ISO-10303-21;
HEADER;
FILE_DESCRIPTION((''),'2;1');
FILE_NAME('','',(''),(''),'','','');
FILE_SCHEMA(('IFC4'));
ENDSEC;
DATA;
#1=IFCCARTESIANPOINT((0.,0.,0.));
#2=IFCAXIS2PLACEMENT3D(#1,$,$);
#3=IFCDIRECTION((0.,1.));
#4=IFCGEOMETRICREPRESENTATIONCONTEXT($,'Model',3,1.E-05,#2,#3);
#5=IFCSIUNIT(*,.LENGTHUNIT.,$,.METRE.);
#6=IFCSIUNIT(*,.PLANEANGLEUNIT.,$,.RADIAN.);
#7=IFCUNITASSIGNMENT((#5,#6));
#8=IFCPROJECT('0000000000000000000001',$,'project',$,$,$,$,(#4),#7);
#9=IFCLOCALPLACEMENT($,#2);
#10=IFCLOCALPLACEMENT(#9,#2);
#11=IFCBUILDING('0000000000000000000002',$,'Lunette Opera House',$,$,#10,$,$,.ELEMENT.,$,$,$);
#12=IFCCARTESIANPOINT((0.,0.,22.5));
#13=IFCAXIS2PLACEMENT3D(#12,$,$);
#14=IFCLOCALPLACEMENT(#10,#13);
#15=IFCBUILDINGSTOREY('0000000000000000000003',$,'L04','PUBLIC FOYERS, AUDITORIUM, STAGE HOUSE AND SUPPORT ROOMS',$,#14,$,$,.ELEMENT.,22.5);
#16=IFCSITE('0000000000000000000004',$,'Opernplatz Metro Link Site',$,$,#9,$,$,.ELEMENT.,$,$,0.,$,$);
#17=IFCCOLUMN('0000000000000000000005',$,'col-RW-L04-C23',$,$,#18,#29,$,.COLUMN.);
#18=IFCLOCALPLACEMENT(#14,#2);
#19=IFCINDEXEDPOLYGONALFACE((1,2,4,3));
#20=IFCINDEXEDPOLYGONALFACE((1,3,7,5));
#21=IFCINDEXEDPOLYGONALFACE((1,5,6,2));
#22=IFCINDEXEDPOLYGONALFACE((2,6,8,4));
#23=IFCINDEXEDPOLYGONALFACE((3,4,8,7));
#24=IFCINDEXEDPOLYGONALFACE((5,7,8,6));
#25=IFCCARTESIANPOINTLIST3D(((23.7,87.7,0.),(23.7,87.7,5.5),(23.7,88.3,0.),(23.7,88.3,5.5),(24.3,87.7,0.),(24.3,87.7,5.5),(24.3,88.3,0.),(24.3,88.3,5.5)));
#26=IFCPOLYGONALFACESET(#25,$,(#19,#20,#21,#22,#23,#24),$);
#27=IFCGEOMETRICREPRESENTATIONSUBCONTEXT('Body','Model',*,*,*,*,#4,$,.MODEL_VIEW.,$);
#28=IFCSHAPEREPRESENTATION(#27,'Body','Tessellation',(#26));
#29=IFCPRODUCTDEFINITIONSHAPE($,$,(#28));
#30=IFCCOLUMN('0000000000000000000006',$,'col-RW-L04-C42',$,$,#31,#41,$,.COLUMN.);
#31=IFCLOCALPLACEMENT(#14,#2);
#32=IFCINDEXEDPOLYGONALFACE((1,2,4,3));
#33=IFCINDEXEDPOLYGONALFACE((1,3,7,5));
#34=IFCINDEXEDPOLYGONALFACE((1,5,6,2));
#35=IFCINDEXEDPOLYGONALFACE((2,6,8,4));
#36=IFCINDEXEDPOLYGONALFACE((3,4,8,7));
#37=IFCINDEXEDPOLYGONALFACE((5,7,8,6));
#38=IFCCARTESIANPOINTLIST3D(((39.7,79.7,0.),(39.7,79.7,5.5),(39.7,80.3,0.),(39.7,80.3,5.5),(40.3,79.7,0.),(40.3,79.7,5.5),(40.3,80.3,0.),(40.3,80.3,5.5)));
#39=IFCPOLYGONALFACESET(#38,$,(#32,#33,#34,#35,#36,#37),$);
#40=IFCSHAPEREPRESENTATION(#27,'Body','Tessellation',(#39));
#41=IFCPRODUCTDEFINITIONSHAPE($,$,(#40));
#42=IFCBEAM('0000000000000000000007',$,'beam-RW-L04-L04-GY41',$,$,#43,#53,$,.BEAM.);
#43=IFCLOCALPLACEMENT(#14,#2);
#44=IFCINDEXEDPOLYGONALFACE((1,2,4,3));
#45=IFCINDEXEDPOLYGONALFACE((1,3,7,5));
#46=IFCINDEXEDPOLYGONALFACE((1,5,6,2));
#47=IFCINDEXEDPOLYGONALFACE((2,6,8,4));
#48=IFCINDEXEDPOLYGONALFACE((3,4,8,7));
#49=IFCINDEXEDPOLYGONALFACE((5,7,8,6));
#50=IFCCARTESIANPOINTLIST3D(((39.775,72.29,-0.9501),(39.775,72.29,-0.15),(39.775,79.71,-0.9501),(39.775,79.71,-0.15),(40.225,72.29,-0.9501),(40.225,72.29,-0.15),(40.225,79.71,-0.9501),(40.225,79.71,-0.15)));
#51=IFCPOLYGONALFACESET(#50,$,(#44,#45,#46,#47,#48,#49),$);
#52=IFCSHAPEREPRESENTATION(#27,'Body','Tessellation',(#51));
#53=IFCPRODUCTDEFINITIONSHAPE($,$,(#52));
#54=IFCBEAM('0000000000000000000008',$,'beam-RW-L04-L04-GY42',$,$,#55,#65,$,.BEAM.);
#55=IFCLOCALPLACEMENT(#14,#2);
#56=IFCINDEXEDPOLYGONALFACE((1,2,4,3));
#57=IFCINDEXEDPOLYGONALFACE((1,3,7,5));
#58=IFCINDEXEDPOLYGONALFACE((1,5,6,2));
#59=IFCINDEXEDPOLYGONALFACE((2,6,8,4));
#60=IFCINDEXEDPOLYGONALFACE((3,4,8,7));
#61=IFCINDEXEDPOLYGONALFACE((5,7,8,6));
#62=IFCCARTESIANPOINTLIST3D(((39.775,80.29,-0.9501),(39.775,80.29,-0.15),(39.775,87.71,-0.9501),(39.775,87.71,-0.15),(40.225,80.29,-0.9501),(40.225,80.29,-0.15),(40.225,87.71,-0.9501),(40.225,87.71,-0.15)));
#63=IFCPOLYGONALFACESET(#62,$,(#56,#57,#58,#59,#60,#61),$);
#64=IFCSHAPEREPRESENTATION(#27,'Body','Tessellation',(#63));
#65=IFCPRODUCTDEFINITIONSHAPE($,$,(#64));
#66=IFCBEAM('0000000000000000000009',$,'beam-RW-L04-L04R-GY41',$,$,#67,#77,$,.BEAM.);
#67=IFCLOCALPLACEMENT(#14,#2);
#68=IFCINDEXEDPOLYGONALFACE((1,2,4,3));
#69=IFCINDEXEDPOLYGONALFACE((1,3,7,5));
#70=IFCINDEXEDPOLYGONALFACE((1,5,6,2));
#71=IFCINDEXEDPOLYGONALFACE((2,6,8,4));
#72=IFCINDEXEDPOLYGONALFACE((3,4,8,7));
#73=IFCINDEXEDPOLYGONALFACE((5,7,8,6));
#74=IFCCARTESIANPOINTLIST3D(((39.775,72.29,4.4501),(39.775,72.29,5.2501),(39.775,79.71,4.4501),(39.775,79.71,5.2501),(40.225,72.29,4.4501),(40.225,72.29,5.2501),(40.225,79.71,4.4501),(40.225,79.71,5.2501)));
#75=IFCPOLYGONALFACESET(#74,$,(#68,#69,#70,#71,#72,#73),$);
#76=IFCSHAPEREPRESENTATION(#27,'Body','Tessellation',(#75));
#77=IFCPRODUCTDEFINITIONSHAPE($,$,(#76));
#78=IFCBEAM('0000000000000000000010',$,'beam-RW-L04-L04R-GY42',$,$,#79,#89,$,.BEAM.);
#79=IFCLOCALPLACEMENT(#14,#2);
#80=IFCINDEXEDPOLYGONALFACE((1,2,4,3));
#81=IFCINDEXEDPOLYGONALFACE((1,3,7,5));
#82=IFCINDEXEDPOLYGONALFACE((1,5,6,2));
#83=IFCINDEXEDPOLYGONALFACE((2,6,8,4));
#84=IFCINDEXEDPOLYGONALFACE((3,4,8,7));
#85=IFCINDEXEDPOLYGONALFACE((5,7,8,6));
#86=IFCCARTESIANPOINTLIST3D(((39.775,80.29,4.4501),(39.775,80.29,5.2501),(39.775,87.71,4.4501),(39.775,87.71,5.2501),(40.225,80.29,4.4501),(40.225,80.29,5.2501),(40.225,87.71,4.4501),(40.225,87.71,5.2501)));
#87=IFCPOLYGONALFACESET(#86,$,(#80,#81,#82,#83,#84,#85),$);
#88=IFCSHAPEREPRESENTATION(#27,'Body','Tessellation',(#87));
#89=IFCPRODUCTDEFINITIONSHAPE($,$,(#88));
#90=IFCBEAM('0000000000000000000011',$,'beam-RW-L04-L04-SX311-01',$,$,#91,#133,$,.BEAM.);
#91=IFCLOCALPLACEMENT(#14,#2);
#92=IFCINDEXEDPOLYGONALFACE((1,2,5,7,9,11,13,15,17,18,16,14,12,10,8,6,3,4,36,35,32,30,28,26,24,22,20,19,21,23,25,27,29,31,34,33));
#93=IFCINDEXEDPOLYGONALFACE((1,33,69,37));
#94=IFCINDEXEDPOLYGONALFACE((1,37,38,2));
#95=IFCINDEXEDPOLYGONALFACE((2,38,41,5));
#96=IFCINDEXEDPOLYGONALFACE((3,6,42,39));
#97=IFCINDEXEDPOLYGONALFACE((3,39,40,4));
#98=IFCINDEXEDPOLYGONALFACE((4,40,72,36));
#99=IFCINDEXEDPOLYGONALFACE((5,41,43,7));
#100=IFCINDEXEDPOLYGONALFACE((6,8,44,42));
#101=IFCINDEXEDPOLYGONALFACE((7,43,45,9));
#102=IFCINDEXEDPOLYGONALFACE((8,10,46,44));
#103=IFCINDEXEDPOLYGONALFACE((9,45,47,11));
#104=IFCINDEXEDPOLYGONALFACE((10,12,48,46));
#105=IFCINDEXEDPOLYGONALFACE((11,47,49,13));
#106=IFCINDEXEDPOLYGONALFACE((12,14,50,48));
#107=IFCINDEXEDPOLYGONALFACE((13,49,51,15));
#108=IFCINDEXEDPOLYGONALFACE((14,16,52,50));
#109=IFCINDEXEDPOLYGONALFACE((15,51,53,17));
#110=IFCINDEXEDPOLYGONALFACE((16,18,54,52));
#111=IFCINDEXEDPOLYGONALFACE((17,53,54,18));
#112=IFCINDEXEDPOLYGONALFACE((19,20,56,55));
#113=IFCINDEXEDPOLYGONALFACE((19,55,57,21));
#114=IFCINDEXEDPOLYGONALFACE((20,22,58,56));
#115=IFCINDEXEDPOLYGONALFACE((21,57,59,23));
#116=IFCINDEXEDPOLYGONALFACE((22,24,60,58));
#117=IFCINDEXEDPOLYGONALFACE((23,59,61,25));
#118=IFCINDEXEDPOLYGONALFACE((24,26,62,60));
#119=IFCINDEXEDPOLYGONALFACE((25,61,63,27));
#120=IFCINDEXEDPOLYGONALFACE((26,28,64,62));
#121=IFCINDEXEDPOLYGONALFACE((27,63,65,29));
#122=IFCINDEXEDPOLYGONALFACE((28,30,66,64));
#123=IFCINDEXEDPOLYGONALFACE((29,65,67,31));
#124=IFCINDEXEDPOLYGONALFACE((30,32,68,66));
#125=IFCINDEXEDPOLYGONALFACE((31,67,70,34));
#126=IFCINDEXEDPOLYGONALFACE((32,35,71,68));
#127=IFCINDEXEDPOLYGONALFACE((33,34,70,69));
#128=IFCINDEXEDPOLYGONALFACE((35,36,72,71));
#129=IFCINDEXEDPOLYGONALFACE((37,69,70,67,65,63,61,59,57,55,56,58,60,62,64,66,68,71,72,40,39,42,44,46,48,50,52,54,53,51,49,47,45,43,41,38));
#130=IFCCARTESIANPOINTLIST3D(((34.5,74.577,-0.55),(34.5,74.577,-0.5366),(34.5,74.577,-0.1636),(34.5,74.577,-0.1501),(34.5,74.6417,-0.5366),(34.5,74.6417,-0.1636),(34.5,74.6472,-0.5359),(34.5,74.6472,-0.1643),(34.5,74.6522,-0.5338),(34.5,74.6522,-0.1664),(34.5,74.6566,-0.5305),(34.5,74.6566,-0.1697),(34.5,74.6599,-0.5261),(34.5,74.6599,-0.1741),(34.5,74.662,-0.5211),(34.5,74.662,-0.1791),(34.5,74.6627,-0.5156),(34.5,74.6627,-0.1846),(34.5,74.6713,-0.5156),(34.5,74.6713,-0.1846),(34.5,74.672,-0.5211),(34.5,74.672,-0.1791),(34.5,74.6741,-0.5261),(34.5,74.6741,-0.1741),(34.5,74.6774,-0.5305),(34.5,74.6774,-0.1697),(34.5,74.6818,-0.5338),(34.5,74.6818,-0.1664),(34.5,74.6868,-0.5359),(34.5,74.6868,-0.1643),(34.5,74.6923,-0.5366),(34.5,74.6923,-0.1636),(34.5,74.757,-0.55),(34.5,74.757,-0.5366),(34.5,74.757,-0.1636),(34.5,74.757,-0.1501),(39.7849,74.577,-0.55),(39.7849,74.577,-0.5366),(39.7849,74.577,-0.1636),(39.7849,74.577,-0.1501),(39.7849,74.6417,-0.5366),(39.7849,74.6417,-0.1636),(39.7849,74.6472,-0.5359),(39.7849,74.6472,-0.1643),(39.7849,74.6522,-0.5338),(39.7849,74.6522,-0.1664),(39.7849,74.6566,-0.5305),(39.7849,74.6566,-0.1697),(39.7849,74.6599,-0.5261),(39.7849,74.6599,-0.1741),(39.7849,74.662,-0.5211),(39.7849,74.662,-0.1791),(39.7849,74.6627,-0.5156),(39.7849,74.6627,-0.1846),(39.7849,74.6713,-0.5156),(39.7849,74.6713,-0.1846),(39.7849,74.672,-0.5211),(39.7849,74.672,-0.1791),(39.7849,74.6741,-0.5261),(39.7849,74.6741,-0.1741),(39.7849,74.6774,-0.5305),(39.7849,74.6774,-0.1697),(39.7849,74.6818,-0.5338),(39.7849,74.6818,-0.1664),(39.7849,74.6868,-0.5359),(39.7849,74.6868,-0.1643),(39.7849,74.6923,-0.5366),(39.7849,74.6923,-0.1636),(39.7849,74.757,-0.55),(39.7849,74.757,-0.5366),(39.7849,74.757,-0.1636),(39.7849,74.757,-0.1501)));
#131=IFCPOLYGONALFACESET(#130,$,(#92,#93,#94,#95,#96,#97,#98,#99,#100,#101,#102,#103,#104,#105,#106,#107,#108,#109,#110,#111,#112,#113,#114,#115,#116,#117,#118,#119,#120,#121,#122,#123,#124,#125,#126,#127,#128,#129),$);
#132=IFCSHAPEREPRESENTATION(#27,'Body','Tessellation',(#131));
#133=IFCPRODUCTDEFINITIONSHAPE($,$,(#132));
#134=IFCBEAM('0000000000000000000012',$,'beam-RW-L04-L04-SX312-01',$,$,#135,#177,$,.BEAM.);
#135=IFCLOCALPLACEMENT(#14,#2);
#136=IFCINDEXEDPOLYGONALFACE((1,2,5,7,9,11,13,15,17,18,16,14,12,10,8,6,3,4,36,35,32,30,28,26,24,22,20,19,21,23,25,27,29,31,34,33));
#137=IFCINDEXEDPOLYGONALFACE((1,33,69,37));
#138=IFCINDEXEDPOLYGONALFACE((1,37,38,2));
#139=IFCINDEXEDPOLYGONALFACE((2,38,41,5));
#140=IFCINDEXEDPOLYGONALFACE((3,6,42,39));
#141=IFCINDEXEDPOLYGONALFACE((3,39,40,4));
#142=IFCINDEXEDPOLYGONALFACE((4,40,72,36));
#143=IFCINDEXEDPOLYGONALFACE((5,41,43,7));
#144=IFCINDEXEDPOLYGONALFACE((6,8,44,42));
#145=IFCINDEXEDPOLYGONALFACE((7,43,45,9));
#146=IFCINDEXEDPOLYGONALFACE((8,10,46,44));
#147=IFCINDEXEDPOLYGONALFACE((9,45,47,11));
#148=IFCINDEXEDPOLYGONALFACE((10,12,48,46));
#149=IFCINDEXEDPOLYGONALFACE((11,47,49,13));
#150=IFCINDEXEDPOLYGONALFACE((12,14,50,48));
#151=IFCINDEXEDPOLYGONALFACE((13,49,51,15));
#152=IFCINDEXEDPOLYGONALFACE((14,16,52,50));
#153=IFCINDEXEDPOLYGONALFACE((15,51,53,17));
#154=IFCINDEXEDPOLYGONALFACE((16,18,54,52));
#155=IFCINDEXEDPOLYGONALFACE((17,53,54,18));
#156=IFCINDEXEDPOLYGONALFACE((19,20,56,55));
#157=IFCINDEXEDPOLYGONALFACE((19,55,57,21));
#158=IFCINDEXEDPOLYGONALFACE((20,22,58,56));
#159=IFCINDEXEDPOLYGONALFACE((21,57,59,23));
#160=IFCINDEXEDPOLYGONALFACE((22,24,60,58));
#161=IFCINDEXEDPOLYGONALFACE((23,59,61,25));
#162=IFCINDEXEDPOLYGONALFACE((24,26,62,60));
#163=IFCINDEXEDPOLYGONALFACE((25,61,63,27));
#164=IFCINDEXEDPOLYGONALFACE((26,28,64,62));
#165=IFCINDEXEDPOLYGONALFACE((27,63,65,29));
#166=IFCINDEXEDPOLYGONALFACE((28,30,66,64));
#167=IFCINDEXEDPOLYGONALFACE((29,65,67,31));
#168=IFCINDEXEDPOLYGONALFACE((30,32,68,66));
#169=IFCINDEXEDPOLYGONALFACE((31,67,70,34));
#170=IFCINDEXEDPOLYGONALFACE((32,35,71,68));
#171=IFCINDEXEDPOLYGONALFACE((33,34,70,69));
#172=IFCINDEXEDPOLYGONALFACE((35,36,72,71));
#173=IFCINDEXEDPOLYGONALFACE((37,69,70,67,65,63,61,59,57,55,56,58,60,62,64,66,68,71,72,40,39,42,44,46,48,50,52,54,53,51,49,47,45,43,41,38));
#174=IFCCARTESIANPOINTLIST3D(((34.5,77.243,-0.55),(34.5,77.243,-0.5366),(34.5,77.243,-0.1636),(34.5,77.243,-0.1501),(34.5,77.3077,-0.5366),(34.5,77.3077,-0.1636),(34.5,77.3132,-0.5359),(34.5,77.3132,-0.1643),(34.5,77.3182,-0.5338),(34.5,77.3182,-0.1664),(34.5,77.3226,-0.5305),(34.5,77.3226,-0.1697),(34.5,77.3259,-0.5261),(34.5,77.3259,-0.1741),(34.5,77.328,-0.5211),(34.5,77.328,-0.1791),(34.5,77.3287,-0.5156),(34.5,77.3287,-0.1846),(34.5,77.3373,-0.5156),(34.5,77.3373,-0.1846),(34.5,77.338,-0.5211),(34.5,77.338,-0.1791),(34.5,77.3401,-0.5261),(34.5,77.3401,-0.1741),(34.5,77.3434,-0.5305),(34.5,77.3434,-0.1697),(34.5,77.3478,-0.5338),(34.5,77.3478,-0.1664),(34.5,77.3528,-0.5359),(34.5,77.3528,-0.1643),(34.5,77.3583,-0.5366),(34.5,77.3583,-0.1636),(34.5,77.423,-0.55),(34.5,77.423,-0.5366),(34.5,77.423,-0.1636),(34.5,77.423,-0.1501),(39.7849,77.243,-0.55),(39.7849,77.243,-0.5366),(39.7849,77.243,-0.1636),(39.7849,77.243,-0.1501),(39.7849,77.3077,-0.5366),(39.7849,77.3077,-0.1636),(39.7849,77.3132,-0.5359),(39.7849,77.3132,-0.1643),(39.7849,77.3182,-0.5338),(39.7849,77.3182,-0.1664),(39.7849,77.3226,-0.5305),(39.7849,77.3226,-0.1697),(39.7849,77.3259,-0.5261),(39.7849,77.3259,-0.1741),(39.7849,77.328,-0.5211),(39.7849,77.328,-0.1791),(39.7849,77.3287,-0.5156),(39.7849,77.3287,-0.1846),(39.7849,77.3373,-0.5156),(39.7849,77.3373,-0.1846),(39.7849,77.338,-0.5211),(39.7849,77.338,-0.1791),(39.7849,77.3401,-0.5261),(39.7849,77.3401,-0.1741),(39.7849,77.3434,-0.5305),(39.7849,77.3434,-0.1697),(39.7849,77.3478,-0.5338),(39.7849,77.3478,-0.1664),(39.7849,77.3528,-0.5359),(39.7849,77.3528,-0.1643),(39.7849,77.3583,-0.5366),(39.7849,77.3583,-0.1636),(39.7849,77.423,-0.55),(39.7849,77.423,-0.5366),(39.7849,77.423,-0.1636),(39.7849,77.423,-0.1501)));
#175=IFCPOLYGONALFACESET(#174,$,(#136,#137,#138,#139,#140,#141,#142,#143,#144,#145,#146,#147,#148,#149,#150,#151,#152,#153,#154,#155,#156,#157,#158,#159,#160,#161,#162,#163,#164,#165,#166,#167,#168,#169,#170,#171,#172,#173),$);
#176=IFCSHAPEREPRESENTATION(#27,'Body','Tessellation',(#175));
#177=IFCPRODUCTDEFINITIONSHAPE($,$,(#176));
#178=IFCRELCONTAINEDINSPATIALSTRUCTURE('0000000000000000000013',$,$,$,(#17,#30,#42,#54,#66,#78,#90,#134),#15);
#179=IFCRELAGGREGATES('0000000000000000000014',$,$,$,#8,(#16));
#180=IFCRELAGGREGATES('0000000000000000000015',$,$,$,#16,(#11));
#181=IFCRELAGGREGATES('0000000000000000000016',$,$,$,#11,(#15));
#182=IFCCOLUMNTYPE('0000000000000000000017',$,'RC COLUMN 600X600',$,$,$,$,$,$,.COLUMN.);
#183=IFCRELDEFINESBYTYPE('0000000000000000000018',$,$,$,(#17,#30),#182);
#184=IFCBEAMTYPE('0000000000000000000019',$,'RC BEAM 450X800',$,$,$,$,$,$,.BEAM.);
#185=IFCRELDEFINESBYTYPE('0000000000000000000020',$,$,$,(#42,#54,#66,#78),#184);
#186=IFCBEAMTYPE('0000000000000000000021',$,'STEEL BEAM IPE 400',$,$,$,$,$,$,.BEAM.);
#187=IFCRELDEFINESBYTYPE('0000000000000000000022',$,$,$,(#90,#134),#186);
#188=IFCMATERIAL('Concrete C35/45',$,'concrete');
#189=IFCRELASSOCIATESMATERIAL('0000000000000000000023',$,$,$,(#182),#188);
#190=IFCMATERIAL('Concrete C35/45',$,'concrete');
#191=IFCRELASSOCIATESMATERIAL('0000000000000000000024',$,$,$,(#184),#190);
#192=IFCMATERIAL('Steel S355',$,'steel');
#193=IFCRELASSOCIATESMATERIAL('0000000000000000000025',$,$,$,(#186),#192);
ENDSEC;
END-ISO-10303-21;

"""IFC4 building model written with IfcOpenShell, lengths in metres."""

from ifc_helpers import new_model, si_unit, direction, frame, origin, origin_2d, place, context, subcontext, project, spatial, rectangle, i_section, extrude, material, material_profile, profile_set, type_object, element, save


model = new_model("IFC4")

# Units and contexts
model_context = context("Model", 3, precision=1e-05, world=origin(), true_north=direction((0.0, 1.0)))
body_context = subcontext(model_context, "Body", "Model", "MODEL_VIEW")
ifc_project = project(units=[si_unit("LENGTHUNIT", "METRE"), si_unit("PLANEANGLEUNIT", "RADIAN")], contexts=[model_context])

# Site, building, storey
site_placement = place(None, origin())
site = spatial("IfcSite", under=ifc_project, at=site_placement, Name="Opernplatz Metro Link Site", CompositionType="ELEMENT", RefElevation=0.0)
building_placement = place(site_placement, origin())
building = spatial("IfcBuilding", under=site, at=building_placement, Name="Lunette Opera House", CompositionType="ELEMENT")
storey_placement = place(building_placement, frame((0.0, 0.0, 22.5)))
storey = spatial("IfcBuildingStorey", under=building, at=storey_placement, Name="L04", Description="PUBLIC FOYERS, AUDITORIUM, STAGE HOUSE AND SUPPORT ROOMS", CompositionType="ELEMENT", Elevation=22.5)

# Columns
ifc_material_1 = material(Name="Concrete C35/45", Category="concrete")
ifc_material_profile_1 = material_profile(ifc_material_1, rectangle(XDim=0.6001, YDim=0.6001, at=origin_2d()), Name="RC COLUMN 600X600")
ifc_profile_set_1 = profile_set([ifc_material_profile_1], Name="Concrete C35/45")
column_type = type_object("IfcColumnType", Name="RC COLUMN 600X600", PredefinedType="COLUMN", material=ifc_profile_set_1)
for number, where, z_axis, x_axis, name in (
    (1, (24.0, 88.0, 0.0), (0.0, 0.0, 1.0), (1.0, 0.0, 0.0), "col-RW-L04-C23"),
    (2, (40.0, 80.0, 0.0), (0.0, 0.0, 1.0), (1.0, 0.0, 0.0), "col-RW-L04-C42"),
):
    element("IfcColumn", number, at=place(storey_placement, frame(where, z_axis=z_axis, x_axis=x_axis)), inside=storey, type_object=column_type, Name=name, PredefinedType="COLUMN", context=body_context, shape_type="SweptSolid", body=[
        extrude(rectangle(XDim=0.6001, YDim=0.6001, at=origin_2d()), origin(), (0.0, 0.0, 1.0), 5.5),
    ])

# Beams
ifc_material_2 = material(Name="Concrete C35/45", Category="concrete")
ifc_material_profile_2 = material_profile(ifc_material_2, rectangle(XDim=0.45, YDim=0.8, at=origin_2d()), Name="RC BEAM 450X800")
ifc_profile_set_2 = profile_set([ifc_material_profile_2], Name="Concrete C35/45")
beam_type_1 = type_object("IfcBeamType", Name="RC BEAM 450X800", PredefinedType="BEAM", material=ifc_profile_set_2)
for number, where, z_axis, x_axis, name in (
    (3, (40.0, 72.29, -0.55), (0.0, 1.0, 0.0), (-1.0, 0.0, 0.0), "beam-RW-L04-L04-GY41"),
    (4, (40.0, 80.29, -0.55), (0.0, 1.0, 0.0), (-1.0, 0.0, 0.0), "beam-RW-L04-L04-GY42"),
    (5, (40.0, 72.29, 4.8501), (0.0, 1.0, 0.0), (-1.0, 0.0, 0.0), "beam-RW-L04-L04R-GY41"),
    (6, (40.0, 80.29, 4.8501), (0.0, 1.0, 0.0), (-1.0, 0.0, 0.0), "beam-RW-L04-L04R-GY42"),
):
    element("IfcBeam", number, at=place(storey_placement, frame(where, z_axis=z_axis, x_axis=x_axis)), inside=storey, type_object=beam_type_1, Name=name, PredefinedType="BEAM", context=body_context, shape_type="SweptSolid", body=[
        extrude(rectangle(XDim=0.45, YDim=0.8, at=origin_2d()), origin(), (0.0, 0.0, 1.0), 7.4199),
    ])
ifc_material_3 = material(Name="Steel S355", Category="steel")
ifc_material_profile_3 = material_profile(ifc_material_3, i_section(OverallWidth=0.1799, OverallDepth=0.3999, WebThickness=0.0085, FlangeThickness=0.0134, FilletRadius=0.021, at=origin_2d()), Name="IPE 400")
ifc_profile_set_3 = profile_set([ifc_material_profile_3], Name="Steel S355")
beam_type_2 = type_object("IfcBeamType", Name="STEEL BEAM IPE 400", PredefinedType="BEAM", material=ifc_profile_set_3)
for number, where, z_axis, x_axis, name in (
    (7, (34.5, 74.667, -0.3501), (1.0, 0.0, 0.0), (0.0, 1.0, 0.0), "beam-RW-L04-L04-SX311-01"),
    (8, (34.5, 77.333, -0.3501), (1.0, 0.0, 0.0), (0.0, 1.0, 0.0), "beam-RW-L04-L04-SX312-01"),
):
    element("IfcBeam", number, at=place(storey_placement, frame(where, z_axis=z_axis, x_axis=x_axis)), inside=storey, type_object=beam_type_2, Name=name, PredefinedType="BEAM", context=body_context, shape_type="SweptSolid", body=[
        extrude(i_section(OverallWidth=0.1799, OverallDepth=0.3999, WebThickness=0.0085, FlangeThickness=0.0134, FilletRadius=0.021, at=origin_2d()), origin(), (0.0, 0.0, 1.0), 5.2849),
    ])

save(model, "model.ifc")
